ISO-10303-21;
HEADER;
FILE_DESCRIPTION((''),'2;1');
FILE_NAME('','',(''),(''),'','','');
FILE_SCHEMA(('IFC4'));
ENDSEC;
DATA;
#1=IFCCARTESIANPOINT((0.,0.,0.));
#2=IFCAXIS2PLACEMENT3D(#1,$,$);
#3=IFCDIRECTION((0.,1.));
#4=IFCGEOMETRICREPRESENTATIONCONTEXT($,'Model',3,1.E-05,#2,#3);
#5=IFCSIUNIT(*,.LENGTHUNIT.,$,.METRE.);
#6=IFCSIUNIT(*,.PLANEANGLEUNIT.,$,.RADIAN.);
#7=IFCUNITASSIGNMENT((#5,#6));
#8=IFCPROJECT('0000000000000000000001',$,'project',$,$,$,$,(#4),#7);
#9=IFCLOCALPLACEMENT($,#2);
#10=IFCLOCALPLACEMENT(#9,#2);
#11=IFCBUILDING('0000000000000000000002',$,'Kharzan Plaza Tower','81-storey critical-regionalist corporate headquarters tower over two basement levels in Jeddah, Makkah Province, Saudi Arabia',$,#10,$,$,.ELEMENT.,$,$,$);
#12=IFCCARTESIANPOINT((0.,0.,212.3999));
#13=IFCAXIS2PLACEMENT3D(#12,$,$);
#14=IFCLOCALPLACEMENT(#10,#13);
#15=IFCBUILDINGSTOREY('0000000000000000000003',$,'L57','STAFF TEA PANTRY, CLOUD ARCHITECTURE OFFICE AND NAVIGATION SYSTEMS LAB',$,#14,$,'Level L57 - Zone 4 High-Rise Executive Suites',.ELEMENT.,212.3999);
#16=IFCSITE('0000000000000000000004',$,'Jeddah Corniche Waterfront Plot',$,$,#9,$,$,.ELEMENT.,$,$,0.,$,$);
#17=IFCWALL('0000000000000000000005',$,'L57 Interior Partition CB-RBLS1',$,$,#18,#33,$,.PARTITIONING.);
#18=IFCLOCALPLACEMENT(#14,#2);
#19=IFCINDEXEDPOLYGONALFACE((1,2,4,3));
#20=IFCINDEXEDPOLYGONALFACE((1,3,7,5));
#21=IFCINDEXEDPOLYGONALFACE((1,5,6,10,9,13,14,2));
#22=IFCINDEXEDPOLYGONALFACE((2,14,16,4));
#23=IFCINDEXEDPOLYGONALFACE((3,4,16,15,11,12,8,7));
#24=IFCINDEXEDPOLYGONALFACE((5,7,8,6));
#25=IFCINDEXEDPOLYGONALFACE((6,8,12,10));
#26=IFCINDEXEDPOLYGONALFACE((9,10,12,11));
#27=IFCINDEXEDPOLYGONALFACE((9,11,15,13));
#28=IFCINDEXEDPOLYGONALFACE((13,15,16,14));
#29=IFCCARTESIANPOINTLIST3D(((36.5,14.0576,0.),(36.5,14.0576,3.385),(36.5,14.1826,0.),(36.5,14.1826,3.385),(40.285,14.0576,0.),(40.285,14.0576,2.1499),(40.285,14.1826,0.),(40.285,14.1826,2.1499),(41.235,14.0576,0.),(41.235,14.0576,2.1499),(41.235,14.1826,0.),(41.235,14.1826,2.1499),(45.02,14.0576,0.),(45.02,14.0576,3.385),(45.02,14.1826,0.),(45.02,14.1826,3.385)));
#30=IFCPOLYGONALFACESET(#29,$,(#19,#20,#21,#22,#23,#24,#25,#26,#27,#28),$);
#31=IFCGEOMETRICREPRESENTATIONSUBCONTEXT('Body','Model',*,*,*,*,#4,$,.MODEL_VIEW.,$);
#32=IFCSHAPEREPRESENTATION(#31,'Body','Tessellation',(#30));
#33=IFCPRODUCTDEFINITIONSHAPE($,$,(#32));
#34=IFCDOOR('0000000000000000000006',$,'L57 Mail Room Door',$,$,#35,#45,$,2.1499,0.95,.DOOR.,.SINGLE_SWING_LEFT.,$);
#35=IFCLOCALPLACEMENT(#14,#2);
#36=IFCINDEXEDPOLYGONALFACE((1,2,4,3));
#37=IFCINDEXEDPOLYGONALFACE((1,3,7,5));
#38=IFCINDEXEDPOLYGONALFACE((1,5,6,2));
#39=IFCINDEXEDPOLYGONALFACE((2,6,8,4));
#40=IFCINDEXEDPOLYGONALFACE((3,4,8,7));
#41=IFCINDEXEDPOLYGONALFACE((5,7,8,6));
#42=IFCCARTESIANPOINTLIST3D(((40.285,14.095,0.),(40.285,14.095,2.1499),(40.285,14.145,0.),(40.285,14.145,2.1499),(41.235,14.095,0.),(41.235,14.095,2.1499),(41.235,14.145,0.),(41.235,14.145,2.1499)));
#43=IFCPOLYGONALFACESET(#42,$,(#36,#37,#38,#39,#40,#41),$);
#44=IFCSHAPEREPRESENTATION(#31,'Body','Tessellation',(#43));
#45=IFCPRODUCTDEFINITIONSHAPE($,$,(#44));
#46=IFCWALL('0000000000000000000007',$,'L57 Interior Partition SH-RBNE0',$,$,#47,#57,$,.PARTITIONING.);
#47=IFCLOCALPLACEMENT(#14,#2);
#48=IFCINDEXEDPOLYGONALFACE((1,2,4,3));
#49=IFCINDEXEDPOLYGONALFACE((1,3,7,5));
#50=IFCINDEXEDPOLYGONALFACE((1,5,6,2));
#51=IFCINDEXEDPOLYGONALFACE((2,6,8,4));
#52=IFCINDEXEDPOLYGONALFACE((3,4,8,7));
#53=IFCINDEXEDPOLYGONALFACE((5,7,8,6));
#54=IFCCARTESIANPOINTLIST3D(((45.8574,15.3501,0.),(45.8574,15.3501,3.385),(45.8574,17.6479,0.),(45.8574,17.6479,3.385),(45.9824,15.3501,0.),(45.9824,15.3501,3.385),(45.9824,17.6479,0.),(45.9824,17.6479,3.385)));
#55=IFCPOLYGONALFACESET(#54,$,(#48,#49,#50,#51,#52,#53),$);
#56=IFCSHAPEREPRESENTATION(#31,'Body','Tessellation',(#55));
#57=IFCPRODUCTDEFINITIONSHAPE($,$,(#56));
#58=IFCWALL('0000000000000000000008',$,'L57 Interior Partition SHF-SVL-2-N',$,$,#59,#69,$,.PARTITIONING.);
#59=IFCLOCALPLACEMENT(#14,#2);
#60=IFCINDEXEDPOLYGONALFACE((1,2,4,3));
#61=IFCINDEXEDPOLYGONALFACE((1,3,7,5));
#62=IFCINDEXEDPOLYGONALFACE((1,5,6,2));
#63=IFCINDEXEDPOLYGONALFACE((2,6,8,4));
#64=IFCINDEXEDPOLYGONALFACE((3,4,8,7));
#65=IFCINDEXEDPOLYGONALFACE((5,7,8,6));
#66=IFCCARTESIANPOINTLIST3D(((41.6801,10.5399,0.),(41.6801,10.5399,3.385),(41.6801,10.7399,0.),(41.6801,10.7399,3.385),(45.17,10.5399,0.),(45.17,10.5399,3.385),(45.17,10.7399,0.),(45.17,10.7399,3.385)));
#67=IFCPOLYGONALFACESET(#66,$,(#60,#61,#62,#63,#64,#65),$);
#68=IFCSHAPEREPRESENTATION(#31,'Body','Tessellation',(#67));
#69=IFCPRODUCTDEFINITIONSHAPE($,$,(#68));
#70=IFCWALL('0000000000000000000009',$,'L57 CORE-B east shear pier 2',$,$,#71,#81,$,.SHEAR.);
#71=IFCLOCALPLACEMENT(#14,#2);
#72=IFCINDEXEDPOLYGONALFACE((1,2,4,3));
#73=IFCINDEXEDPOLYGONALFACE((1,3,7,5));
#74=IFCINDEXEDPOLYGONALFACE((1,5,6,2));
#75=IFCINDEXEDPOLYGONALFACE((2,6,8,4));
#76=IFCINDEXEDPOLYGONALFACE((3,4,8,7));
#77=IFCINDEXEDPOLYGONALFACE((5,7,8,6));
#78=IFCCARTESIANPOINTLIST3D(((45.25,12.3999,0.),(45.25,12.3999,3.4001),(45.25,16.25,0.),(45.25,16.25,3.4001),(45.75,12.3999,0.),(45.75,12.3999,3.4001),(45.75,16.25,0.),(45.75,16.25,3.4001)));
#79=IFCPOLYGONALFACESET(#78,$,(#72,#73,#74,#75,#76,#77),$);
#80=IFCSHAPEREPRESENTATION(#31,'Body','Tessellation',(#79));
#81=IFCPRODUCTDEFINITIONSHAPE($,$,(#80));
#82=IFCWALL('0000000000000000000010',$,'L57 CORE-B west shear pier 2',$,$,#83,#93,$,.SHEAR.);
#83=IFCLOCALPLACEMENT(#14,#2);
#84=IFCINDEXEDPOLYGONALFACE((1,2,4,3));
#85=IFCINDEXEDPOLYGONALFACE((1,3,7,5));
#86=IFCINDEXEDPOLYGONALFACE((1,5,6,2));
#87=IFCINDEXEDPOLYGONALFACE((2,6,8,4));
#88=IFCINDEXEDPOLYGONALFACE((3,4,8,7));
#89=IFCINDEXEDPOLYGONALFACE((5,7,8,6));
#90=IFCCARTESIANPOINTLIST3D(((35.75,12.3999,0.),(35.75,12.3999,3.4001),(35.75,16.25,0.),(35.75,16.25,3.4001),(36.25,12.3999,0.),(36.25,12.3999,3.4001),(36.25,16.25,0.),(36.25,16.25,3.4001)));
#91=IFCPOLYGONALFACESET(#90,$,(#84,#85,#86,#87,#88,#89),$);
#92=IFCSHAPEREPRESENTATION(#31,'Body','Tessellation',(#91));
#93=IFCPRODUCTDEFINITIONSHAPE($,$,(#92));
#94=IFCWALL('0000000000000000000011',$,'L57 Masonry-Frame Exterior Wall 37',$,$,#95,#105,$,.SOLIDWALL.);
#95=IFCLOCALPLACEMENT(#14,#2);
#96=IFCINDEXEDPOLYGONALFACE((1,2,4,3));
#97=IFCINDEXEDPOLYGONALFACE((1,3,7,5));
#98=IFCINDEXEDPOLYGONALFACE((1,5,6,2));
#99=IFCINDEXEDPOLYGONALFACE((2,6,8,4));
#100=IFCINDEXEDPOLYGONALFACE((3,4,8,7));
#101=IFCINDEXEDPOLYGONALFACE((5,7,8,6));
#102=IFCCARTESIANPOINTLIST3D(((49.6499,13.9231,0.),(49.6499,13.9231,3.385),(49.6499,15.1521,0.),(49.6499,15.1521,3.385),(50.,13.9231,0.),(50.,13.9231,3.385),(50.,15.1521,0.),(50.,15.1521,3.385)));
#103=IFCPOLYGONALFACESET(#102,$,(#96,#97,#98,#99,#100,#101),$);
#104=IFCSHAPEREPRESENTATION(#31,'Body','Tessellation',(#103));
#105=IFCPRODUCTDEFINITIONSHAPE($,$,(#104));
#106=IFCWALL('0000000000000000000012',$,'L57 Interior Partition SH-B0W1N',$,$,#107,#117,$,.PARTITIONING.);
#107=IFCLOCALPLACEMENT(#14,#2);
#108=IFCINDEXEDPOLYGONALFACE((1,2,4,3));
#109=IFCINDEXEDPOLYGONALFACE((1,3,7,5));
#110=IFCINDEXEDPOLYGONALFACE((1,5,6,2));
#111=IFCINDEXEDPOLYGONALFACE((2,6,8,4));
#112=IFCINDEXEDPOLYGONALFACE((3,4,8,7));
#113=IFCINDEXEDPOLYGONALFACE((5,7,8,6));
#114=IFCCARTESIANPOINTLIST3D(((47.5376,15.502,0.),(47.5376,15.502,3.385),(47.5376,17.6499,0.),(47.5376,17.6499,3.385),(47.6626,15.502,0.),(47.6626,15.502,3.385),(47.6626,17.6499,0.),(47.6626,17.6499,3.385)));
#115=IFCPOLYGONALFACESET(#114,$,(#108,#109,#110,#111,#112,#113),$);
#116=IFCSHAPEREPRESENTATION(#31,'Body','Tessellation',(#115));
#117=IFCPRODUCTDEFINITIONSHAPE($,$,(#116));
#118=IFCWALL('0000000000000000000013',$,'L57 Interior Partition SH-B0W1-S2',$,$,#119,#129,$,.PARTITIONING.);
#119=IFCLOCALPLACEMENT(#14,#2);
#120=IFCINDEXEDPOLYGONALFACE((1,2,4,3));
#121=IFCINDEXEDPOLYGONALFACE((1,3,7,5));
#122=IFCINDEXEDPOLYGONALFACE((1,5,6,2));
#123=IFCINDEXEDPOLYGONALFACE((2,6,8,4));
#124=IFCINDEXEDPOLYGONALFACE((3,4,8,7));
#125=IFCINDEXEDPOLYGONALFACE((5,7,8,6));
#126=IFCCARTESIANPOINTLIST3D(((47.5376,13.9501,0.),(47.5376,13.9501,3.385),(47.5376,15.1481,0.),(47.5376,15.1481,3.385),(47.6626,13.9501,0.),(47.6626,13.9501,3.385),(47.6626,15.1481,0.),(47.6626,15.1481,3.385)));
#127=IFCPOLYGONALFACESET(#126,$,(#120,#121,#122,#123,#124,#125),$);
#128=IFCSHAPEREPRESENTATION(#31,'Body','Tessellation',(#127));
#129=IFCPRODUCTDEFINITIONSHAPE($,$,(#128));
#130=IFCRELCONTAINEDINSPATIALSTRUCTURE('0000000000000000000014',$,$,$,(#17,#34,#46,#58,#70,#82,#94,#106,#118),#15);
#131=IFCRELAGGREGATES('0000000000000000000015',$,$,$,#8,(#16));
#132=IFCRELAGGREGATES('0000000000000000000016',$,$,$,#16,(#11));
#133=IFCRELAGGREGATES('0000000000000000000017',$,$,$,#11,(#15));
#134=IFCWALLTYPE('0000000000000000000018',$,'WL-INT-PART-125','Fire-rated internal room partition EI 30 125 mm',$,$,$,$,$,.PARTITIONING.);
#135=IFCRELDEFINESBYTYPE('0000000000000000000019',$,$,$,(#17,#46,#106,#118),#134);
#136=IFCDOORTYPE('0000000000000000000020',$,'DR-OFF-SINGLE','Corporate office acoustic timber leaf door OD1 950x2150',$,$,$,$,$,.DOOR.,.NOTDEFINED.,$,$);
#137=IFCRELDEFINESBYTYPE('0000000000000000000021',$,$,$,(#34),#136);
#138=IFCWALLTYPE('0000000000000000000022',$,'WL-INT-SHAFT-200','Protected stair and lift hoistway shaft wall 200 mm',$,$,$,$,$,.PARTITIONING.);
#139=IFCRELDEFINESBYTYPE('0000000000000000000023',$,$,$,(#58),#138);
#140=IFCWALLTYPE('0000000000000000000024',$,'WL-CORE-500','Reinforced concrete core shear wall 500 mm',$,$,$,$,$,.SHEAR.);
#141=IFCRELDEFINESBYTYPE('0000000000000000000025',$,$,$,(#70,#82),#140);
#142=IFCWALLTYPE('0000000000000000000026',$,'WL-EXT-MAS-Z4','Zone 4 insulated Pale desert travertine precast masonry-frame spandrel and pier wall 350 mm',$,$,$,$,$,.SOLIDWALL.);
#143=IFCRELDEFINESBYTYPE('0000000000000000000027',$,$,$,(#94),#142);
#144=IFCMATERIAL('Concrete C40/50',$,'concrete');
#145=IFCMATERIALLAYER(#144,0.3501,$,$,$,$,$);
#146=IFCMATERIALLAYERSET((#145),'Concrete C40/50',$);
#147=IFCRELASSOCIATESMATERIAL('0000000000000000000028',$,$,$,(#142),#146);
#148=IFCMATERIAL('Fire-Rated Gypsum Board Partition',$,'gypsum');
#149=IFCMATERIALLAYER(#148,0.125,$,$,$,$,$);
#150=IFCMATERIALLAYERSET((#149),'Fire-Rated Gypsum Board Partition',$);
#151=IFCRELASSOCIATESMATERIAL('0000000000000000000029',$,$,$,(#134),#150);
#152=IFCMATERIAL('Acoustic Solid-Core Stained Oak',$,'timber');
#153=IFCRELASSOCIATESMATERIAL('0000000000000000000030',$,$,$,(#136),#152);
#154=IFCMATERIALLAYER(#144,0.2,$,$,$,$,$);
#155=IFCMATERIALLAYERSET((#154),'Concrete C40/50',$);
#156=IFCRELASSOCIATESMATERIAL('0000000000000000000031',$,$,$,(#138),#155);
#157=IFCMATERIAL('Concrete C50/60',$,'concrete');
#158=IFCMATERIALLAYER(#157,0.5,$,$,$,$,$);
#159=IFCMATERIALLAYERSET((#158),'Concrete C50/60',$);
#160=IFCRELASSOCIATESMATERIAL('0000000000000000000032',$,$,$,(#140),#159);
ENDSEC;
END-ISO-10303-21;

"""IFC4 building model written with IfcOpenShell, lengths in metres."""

from ifc_helpers import new_model, si_unit, direction, frame, frame_2d, origin, place, context, subcontext, project, spatial, rectangle, extrude, source, transform, mapped, material, layer, layer_set, type_object, element, fill, save


model = new_model("IFC4")

# Units and contexts
model_context = context("Model", 3, precision=1e-05, world=origin(), true_north=direction((0.0, 1.0)))
body_context = subcontext(model_context, "Body", "Model", "MODEL_VIEW")
ifc_project = project(units=[si_unit("LENGTHUNIT", "METRE"), si_unit("PLANEANGLEUNIT", "RADIAN")], contexts=[model_context])

# Site, building, storey
site_placement = place(None, origin())
site = spatial("IfcSite", under=ifc_project, at=site_placement, Name="Jeddah Corniche Waterfront Plot", CompositionType="ELEMENT", RefElevation=0.0)
building_placement = place(site_placement, origin())
building = spatial("IfcBuilding", under=site, at=building_placement, Name="Kharzan Plaza Tower", Description="81-storey critical-regionalist corporate headquarters tower over two basement levels in Jeddah, Makkah Province, Saudi Arabia", CompositionType="ELEMENT")
storey_placement = place(building_placement, frame((0.0, 0.0, 212.3999)))
storey = spatial("IfcBuildingStorey", under=building, at=storey_placement, Name="L57", Description="STAFF TEA PANTRY, CLOUD ARCHITECTURE OFFICE AND NAVIGATION SYSTEMS LAB", LongName="Level L57 - Zone 4 High-Rise Executive Suites", CompositionType="ELEMENT", Elevation=212.3999)

# Shared definitions
ifc_material_1 = material(Name="Concrete C50/60", Category="concrete")

# Shared definitions
ifc_material_2 = material(Name="Concrete C40/50", Category="concrete")
ifc_layer_1 = layer(ifc_material_2, 0.3501)
ifc_layer_set_1 = layer_set([ifc_layer_1], Name="Concrete C40/50")
wall_type_1 = type_object("IfcWallType", Name="WL-EXT-MAS-Z4", Description="Zone 4 insulated Pale desert travertine precast masonry-frame spandrel and pier wall 350 mm", PredefinedType="SOLIDWALL", material=ifc_layer_set_1)

# Wall, opening, door
ifc_material_3 = material(Name="Fire-Rated Gypsum Board Partition", Category="gypsum")
ifc_layer_2 = layer(ifc_material_3, 0.125)
ifc_layer_set_2 = layer_set([ifc_layer_2], Name="Fire-Rated Gypsum Board Partition")
wall_type_2 = type_object("IfcWallType", Name="WL-INT-PART-125", Description="Fire-rated internal room partition EI 30 125 mm", PredefinedType="PARTITIONING", material=ifc_layer_set_2)
wall_1_placement = place(storey_placement, frame((36.5, 14.1201, 0.0), z_axis=(0.0, 0.0, 1.0), x_axis=(1.0, 0.0, 0.0)))
wall_1 = element("IfcWall", 1, at=wall_1_placement, inside=storey, type_object=wall_type_2, Name="L57 Interior Partition CB-RBLS1", PredefinedType="PARTITIONING", context=body_context, shape_type="SweptSolid", body=[
    extrude(rectangle(XDim=8.52, YDim=0.125, at=frame_2d((4.26, 0.0))), origin(), (0.0, 0.0, 1.0), 3.385),
])
opening_1_placement = place(wall_1_placement, frame((3.7849, 0.0, 0.0)))
opening_1 = element("IfcOpeningElement", 2, at=opening_1_placement, cuts=wall_1, PredefinedType="OPENING", context=body_context, shape_type="SweptSolid", body=[
    extrude(rectangle(XDim=0.95, YDim=2.1499, at=frame_2d((0.4751, 1.075))), frame((0.0, 0.0725, 0.0), z_axis=(0.0, -1.0, 0.0), x_axis=(1.0, 0.0, 0.0)), (0.0, 0.0, 1.0), 0.145),
])
ifc_material_4 = material(Name="Acoustic Solid-Core Stained Oak", Category="timber")
door_type = type_object("IfcDoorType", Name="DR-OFF-SINGLE", Description="Corporate office acoustic timber leaf door OD1 950x2150", OperationType="NOTDEFINED", PredefinedType="DOOR", material=ifc_material_4)
shared_shape_1 = source(origin(), body_context, "Body", "SweptSolid", [
    extrude(rectangle(XDim=0.95, YDim=2.1499, at=frame_2d((0.4751, 1.075))), frame((0.0, 0.0249, 0.0), z_axis=(0.0, -1.0, 0.0), x_axis=(1.0, 0.0, 0.0)), (0.0, 0.0, 1.0), 0.05),
])
door_placement = place(opening_1_placement, origin())
door = element("IfcDoor", 3, at=door_placement, inside=storey, type_object=door_type, Name="L57 Mail Room Door", OperationType="SINGLE_SWING_LEFT", OverallHeight=2.1499, OverallWidth=0.95, PredefinedType="DOOR", context=body_context, shape_type="MappedRepresentation", body=[
    mapped(shared_shape_1, transform((0.0, 0.0, 0.0), x_axis=(1.0, 0.0, 0.0), y_axis=(0.0, 1.0, 0.0), z_axis=(0.0, 0.0, 1.0))),
])
fill(opening_1, door)

# Walls
shared_shape_2 = source(origin(), body_context, "Body", "SweptSolid", [
    extrude(rectangle(XDim=2.2979, YDim=0.125, at=frame_2d((1.1489, 0.0))), origin(), (0.0, 0.0, 1.0), 3.385),
])
wall_2_placement = place(storey_placement, frame((45.9199, 15.3501, 0.0), z_axis=(0.0, 0.0, 1.0), x_axis=(0.0, 1.0, 0.0)))
element("IfcWall", 4, at=wall_2_placement, inside=storey, type_object=wall_type_2, Name="L57 Interior Partition SH-RBNE0", PredefinedType="PARTITIONING", context=body_context, shape_type="MappedRepresentation", body=[
    mapped(shared_shape_2, transform((0.0, 0.0, 0.0), x_axis=(1.0, 0.0, 0.0), y_axis=(0.0, 1.0, 0.0), z_axis=(0.0, 0.0, 1.0))),
])
ifc_layer_3 = layer(ifc_material_2, 0.2)
ifc_layer_set_3 = layer_set([ifc_layer_3], Name="Concrete C40/50")
wall_type_3 = type_object("IfcWallType", Name="WL-INT-SHAFT-200", Description="Protected stair and lift hoistway shaft wall 200 mm", PredefinedType="PARTITIONING", material=ifc_layer_set_3)
shared_shape_3 = source(origin(), body_context, "Body", "SweptSolid", [
    extrude(rectangle(XDim=3.49, YDim=0.2, at=frame_2d((1.7451, 0.0))), origin(), (0.0, 0.0, 1.0), 3.385),
])
wall_3_placement = place(storey_placement, frame((41.6799, 10.6399, 0.0), z_axis=(0.0, 0.0, 1.0), x_axis=(1.0, 0.0, 0.0)))
element("IfcWall", 5, at=wall_3_placement, inside=storey, type_object=wall_type_3, Name="L57 Interior Partition SHF-SVL-2-N", PredefinedType="PARTITIONING", context=body_context, shape_type="MappedRepresentation", body=[
    mapped(shared_shape_3, transform((0.0, 0.0, 0.0), x_axis=(1.0, 0.0, 0.0), y_axis=(0.0, 1.0, 0.0), z_axis=(0.0, 0.0, 1.0))),
])
ifc_layer_4 = layer(ifc_material_1, 0.5)
ifc_layer_set_4 = layer_set([ifc_layer_4], Name="Concrete C50/60")
wall_type_4 = type_object("IfcWallType", Name="WL-CORE-500", Description="Reinforced concrete core shear wall 500 mm", PredefinedType="SHEAR", material=ifc_layer_set_4)
shared_shape_4 = source(origin(), body_context, "Body", "SweptSolid", [
    extrude(rectangle(XDim=3.8501, YDim=0.5, at=frame_2d((1.925, 0.0))), origin(), (0.0, 0.0, 1.0), 3.4001),
])
for number, where, z_axis, x_axis, name in (
    (6, (45.5, 12.3999, 0.0), (0.0, 0.0, 1.0), (0.0, 1.0, 0.0), "L57 CORE-B east shear pier 2"),
    (7, (36.0, 12.3999, 0.0), (0.0, 0.0, 1.0), (0.0, 1.0, 0.0), "L57 CORE-B west shear pier 2"),
):
    element("IfcWall", number, at=place(storey_placement, frame(where, z_axis=z_axis, x_axis=x_axis)), inside=storey, type_object=wall_type_4, Name=name, PredefinedType="SHEAR", context=body_context, shape_type="MappedRepresentation", body=[
        mapped(shared_shape_4, transform((0.0, 0.0, 0.0), x_axis=(1.0, 0.0, 0.0), y_axis=(0.0, 1.0, 0.0), z_axis=(0.0, 0.0, 1.0))),
    ])
shared_shape_5 = source(origin(), body_context, "Body", "SweptSolid", [
    extrude(rectangle(XDim=1.229, YDim=0.3501, at=frame_2d((0.6145, 0.0))), origin(), (0.0, 0.0, 1.0), 3.385),
])
wall_4_placement = place(storey_placement, frame((49.825, 13.9231, 0.0), z_axis=(0.0, 0.0, 1.0), x_axis=(0.0, 1.0, 0.0)))
element("IfcWall", 8, at=wall_4_placement, inside=storey, type_object=wall_type_1, Name="L57 Masonry-Frame Exterior Wall 37", PredefinedType="SOLIDWALL", context=body_context, shape_type="MappedRepresentation", body=[
    mapped(shared_shape_5, transform((0.0, 0.0, 0.0), x_axis=(1.0, 0.0, 0.0), y_axis=(0.0, 1.0, 0.0), z_axis=(0.0, 0.0, 1.0))),
])
shared_shape_6 = source(origin(), body_context, "Body", "SweptSolid", [
    extrude(rectangle(XDim=2.1479, YDim=0.125, at=frame_2d((1.074, 0.0))), origin(), (0.0, 0.0, 1.0), 3.385),
])
wall_5_placement = place(storey_placement, frame((47.6001, 15.502, 0.0), z_axis=(0.0, 0.0, 1.0), x_axis=(0.0, 1.0, 0.0)))
element("IfcWall", 9, at=wall_5_placement, inside=storey, type_object=wall_type_2, Name="L57 Interior Partition SH-B0W1N", PredefinedType="PARTITIONING", context=body_context, shape_type="MappedRepresentation", body=[
    mapped(shared_shape_6, transform((0.0, 0.0, 0.0), x_axis=(1.0, 0.0, 0.0), y_axis=(0.0, 1.0, 0.0), z_axis=(0.0, 0.0, 1.0))),
])
shared_shape_7 = source(origin(), body_context, "Body", "SweptSolid", [
    extrude(rectangle(XDim=1.198, YDim=0.125, at=frame_2d((0.5991, 0.0))), origin(), (0.0, 0.0, 1.0), 3.385),
])
wall_6_placement = place(storey_placement, frame((47.6001, 13.95, 0.0), z_axis=(0.0, 0.0, 1.0), x_axis=(0.0, 1.0, 0.0)))
element("IfcWall", 10, at=wall_6_placement, inside=storey, type_object=wall_type_2, Name="L57 Interior Partition SH-B0W1-S2", PredefinedType="PARTITIONING", context=body_context, shape_type="MappedRepresentation", body=[
    mapped(shared_shape_7, transform((0.0, 0.0, 0.0), x_axis=(1.0, 0.0, 0.0), y_axis=(0.0, 1.0, 0.0), z_axis=(0.0, 0.0, 1.0))),
])

save(model, "model.ifc")
